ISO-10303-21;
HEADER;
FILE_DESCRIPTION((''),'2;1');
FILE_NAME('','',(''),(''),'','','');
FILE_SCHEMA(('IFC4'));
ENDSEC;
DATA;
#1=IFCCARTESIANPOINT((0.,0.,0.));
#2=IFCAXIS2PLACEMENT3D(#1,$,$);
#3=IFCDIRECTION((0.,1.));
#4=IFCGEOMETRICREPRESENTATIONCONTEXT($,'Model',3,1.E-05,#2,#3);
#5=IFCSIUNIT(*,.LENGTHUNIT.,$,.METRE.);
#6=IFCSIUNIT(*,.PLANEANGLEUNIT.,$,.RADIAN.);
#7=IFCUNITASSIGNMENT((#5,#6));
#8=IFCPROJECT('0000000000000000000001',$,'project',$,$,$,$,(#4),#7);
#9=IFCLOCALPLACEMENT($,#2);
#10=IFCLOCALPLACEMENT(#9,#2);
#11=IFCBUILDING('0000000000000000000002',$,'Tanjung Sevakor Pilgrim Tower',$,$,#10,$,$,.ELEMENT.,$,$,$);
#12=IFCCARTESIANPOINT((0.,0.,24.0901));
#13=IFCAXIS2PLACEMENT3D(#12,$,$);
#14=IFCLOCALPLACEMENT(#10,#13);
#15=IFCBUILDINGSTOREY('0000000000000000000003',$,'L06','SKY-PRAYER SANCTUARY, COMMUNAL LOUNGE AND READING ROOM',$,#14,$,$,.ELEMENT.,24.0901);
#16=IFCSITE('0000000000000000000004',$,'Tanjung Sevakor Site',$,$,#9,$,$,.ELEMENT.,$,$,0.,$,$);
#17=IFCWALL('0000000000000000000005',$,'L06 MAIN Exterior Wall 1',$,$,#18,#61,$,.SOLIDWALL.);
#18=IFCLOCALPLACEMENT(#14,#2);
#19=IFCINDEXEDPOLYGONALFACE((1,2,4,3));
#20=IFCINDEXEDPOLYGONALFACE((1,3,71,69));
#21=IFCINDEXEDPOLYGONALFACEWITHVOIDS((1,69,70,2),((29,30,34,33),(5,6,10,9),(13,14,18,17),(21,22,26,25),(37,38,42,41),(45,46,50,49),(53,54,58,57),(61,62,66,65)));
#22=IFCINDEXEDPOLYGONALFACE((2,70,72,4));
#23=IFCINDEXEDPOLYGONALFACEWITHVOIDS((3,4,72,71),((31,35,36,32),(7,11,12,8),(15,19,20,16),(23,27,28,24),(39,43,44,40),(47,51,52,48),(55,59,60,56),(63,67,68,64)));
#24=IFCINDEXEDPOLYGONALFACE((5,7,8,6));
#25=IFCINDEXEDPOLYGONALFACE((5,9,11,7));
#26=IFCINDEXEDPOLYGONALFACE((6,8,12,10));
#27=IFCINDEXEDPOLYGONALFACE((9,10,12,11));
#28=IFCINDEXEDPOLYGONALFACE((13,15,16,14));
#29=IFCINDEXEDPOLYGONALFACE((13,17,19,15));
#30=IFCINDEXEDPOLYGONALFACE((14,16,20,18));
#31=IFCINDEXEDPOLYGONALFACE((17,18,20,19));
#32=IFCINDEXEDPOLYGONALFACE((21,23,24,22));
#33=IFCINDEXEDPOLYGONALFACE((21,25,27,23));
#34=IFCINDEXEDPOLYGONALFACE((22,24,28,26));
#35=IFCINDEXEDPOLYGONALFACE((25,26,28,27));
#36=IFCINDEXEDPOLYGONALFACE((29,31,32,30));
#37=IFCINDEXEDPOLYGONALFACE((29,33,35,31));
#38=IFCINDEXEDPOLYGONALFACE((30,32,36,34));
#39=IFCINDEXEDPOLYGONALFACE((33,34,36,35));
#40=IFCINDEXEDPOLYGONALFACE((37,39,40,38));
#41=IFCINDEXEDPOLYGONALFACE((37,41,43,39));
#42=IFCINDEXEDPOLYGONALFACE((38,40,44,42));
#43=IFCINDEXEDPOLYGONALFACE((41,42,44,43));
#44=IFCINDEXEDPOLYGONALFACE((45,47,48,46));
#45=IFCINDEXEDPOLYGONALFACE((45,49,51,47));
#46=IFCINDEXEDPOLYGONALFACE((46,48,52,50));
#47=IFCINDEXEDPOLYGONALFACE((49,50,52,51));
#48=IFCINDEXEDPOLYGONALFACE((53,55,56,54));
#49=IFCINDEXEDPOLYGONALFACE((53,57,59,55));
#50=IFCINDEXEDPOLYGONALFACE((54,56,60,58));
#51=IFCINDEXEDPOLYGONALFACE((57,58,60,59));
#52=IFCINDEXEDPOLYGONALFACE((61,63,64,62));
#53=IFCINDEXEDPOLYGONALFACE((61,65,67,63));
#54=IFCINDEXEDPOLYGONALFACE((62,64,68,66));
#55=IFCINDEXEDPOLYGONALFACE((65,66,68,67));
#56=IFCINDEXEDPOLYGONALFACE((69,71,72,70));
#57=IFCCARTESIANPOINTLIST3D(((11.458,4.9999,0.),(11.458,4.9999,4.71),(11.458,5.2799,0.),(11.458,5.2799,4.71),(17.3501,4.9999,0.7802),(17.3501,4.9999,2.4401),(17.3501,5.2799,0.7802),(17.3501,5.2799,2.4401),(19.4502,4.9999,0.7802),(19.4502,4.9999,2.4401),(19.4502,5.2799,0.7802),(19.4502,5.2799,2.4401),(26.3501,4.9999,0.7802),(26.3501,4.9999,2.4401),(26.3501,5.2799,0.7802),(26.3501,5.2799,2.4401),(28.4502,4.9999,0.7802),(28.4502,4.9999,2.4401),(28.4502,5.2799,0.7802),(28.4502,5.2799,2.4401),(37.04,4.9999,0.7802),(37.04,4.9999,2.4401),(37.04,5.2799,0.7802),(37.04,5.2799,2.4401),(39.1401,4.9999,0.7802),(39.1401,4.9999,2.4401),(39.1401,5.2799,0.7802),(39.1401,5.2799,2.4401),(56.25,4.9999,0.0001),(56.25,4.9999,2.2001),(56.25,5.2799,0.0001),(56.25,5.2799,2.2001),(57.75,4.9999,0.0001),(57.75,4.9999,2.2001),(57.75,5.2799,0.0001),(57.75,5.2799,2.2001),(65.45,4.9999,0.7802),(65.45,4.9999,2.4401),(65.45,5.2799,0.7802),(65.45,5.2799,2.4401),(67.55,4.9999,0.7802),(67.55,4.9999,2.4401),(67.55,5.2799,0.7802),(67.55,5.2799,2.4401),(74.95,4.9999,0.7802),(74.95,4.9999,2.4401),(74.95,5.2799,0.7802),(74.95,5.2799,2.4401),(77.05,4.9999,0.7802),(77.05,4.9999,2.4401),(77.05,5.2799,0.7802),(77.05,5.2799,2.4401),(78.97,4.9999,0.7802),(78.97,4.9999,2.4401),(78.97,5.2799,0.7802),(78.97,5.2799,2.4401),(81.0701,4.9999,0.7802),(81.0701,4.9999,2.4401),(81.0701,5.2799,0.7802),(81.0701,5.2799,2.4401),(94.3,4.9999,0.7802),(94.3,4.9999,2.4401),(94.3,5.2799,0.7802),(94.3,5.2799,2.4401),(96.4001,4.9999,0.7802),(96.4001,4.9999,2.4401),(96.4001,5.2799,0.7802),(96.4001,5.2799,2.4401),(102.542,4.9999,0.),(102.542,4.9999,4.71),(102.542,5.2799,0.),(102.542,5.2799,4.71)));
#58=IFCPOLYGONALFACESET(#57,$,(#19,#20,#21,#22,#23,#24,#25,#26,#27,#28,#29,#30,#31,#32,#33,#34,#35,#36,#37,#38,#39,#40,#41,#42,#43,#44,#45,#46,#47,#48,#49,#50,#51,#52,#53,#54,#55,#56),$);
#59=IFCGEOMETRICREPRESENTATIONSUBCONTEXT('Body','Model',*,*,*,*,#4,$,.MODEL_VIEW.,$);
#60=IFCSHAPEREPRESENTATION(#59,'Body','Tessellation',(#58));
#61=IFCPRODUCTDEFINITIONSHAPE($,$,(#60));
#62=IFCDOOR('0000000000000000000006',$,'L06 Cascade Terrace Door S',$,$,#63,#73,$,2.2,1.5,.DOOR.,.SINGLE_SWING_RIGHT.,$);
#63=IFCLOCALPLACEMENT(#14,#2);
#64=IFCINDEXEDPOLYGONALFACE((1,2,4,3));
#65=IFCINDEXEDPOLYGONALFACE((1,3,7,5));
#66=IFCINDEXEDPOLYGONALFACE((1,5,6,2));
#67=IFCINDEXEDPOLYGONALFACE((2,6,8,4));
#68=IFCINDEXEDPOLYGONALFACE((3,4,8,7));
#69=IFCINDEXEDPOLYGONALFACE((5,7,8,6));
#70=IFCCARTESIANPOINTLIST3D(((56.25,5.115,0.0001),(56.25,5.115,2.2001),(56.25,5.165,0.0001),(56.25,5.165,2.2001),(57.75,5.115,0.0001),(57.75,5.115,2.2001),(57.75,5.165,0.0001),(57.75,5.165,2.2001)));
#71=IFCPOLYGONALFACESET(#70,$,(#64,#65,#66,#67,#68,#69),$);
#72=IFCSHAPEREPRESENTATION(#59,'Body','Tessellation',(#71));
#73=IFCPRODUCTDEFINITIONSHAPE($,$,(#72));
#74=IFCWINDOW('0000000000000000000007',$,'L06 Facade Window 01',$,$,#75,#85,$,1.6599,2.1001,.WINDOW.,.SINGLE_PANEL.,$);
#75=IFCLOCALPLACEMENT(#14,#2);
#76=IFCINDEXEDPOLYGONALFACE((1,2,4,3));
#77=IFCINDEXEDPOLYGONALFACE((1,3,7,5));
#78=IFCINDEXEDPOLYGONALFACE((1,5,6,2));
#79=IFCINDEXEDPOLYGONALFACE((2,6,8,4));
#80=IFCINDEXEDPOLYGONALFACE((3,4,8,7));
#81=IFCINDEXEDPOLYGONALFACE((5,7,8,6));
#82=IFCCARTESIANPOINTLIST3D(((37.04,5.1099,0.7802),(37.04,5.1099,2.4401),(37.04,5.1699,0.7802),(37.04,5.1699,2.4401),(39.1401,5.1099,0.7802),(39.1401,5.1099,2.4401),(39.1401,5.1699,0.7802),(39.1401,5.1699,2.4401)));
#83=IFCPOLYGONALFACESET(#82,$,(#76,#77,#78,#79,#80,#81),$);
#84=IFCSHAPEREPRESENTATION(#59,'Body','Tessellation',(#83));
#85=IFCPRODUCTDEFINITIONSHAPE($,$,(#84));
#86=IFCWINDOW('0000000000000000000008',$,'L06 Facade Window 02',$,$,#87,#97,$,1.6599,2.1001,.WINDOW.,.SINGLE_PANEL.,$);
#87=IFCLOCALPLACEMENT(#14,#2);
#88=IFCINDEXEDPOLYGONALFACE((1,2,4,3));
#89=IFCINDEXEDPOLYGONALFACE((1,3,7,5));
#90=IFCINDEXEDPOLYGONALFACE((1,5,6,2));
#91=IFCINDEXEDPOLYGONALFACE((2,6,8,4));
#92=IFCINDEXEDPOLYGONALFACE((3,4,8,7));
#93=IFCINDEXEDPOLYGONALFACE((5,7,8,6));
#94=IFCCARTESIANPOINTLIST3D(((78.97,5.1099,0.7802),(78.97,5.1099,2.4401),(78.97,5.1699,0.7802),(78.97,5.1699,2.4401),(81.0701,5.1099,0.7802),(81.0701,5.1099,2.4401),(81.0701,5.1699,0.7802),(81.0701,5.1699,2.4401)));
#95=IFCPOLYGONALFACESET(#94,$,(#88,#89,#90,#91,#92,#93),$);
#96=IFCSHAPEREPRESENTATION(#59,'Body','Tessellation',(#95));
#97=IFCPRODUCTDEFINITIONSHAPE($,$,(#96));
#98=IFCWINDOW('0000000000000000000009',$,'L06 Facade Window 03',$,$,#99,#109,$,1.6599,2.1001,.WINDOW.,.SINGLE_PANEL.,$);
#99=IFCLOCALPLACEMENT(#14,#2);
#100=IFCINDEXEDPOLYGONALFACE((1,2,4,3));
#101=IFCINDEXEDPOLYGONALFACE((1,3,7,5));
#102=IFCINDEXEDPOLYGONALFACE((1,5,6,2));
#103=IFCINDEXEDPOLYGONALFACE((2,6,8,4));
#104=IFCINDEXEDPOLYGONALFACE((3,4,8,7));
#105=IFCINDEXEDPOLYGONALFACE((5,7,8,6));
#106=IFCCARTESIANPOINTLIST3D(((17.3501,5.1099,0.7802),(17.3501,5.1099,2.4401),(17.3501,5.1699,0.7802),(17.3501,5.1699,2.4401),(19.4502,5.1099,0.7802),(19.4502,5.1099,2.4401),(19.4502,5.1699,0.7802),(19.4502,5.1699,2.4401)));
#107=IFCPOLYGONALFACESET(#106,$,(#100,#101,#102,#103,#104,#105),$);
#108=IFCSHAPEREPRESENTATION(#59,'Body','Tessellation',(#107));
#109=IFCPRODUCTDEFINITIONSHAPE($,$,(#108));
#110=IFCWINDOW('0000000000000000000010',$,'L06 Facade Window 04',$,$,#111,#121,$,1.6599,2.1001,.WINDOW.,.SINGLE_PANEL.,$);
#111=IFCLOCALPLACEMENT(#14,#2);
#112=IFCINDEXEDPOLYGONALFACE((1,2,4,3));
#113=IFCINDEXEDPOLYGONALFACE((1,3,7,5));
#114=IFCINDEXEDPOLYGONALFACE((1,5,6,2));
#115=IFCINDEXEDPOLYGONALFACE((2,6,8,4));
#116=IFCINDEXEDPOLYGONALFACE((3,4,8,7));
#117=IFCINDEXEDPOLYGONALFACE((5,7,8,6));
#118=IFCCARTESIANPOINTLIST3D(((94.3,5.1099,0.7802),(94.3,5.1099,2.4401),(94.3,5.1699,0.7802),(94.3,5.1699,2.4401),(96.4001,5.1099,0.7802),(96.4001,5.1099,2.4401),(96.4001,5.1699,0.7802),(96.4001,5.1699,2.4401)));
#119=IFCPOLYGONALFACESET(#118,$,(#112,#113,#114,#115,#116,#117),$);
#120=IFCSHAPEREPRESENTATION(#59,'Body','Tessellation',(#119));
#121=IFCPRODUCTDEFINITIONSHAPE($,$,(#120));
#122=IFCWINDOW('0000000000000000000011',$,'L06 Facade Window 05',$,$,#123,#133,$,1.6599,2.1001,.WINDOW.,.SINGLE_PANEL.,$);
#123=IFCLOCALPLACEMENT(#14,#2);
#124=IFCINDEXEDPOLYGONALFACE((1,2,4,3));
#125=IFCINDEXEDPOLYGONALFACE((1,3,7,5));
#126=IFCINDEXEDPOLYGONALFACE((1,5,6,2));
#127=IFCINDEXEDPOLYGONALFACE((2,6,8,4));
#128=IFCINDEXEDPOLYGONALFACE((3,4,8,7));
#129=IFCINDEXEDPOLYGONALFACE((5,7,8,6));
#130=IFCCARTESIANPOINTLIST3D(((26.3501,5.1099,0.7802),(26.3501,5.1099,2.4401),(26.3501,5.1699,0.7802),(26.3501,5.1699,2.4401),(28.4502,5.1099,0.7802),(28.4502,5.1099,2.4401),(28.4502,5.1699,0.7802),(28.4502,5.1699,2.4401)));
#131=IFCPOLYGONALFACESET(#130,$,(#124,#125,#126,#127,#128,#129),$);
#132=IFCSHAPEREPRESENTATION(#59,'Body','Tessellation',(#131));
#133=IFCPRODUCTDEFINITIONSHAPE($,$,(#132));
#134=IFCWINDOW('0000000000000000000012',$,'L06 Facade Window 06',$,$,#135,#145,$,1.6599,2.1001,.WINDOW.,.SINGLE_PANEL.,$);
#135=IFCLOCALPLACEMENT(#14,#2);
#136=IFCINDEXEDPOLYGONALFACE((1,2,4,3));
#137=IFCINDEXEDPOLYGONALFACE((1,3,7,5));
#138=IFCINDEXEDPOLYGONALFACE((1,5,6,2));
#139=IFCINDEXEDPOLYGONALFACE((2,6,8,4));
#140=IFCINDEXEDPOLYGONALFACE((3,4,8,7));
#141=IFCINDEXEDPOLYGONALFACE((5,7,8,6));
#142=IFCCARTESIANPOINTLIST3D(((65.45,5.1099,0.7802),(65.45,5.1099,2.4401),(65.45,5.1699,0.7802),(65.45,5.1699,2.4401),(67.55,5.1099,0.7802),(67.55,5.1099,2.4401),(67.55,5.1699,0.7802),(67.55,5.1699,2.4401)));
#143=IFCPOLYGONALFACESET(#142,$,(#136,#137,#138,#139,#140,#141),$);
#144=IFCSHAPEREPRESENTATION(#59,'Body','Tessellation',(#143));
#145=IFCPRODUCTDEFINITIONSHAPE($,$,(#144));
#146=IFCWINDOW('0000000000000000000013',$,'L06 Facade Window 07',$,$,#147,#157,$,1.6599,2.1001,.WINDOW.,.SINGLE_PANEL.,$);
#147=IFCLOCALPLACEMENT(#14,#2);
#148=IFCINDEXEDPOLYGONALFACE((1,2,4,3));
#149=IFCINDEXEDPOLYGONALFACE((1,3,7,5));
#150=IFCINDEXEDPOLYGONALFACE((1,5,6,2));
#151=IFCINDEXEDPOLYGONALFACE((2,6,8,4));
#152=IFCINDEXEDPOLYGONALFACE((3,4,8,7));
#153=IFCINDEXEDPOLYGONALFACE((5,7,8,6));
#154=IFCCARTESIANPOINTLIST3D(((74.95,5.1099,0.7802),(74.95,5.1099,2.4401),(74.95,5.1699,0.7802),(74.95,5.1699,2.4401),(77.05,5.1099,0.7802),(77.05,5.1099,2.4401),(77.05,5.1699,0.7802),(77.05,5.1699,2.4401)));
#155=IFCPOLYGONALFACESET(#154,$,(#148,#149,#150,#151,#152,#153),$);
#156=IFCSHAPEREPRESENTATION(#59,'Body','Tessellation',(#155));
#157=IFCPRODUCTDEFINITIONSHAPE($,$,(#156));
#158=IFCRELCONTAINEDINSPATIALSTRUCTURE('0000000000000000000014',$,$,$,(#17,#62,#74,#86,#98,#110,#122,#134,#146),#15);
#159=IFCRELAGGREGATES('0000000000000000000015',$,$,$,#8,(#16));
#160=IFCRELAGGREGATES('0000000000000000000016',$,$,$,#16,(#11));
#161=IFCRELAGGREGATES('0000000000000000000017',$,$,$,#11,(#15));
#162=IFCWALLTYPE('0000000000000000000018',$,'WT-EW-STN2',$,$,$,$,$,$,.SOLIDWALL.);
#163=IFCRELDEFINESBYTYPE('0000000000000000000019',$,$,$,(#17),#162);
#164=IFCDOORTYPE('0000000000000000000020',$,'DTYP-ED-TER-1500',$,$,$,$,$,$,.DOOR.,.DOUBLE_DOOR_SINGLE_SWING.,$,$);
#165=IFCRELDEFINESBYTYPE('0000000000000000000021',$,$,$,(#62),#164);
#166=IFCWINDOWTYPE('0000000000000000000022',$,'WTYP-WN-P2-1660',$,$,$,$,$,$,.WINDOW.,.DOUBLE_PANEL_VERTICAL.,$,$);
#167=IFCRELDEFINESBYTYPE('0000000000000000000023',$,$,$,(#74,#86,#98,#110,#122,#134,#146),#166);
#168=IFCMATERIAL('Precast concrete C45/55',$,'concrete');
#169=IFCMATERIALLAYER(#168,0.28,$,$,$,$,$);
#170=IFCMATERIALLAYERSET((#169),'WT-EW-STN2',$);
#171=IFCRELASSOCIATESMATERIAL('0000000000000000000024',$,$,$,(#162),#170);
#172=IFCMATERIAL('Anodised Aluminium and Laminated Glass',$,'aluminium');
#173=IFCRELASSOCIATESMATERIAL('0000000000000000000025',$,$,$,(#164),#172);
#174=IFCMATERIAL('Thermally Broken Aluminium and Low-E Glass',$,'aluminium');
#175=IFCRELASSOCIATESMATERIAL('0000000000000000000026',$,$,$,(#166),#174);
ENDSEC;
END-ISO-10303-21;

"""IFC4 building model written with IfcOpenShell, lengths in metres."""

from ifc_helpers import new_model, si_unit, direction, frame, frame_2d, origin, place, context, subcontext, project, spatial, rectangle, extrude, material, layer, layer_set, type_object, element, fill, save


model = new_model("IFC4")

# Units and contexts
model_context = context("Model", 3, precision=1e-05, world=origin(), true_north=direction((0.0, 1.0)))
body_context = subcontext(model_context, "Body", "Model", "MODEL_VIEW")
ifc_project = project(units=[si_unit("LENGTHUNIT", "METRE"), si_unit("PLANEANGLEUNIT", "RADIAN")], contexts=[model_context])

# Site, building, storey
site_placement = place(None, origin())
site = spatial("IfcSite", under=ifc_project, at=site_placement, Name="Tanjung Sevakor Site", CompositionType="ELEMENT", RefElevation=0.0)
building_placement = place(site_placement, origin())
building = spatial("IfcBuilding", under=site, at=building_placement, Name="Tanjung Sevakor Pilgrim Tower", CompositionType="ELEMENT")
storey_placement = place(building_placement, frame((0.0, 0.0, 24.0901)))
storey = spatial("IfcBuildingStorey", under=building, at=storey_placement, Name="L06", Description="SKY-PRAYER SANCTUARY, COMMUNAL LOUNGE AND READING ROOM", CompositionType="ELEMENT", Elevation=24.0901)

# Wall, openings, door, windows
ifc_material_1 = material(Name="Precast concrete C45/55", Category="concrete")
ifc_layer_1 = layer(ifc_material_1, 0.28)
ifc_layer_set_1 = layer_set([ifc_layer_1], Name="WT-EW-STN2")
wall_type_1 = type_object("IfcWallType", Name="WT-EW-STN2", PredefinedType="SOLIDWALL", material=ifc_layer_set_1)
wall_1_placement = place(storey_placement, frame((11.458, 5.1399, 0.0), z_axis=(0.0, 0.0, 1.0), x_axis=(1.0, 0.0, 0.0)))
wall_1 = element("IfcWall", 1, at=wall_1_placement, inside=storey, type_object=wall_type_1, Name="L06 MAIN Exterior Wall 1", PredefinedType="SOLIDWALL", context=body_context, shape_type="SweptSolid", body=[
    extrude(rectangle(XDim=91.084, YDim=0.28, at=frame_2d((45.542, 0.0))), origin(), (0.0, 0.0, 1.0), 4.71),
])
opening_1_placement = place(wall_1_placement, frame((44.792, 0.0, 0.0)))
opening_1 = element("IfcOpeningElement", 2, at=opening_1_placement, cuts=wall_1, PredefinedType="OPENING", context=body_context, shape_type="SweptSolid", body=[
    extrude(rectangle(XDim=1.5, YDim=2.2, at=frame_2d((0.75, 1.1001))), frame((0.0, 0.1499, 0.0), z_axis=(0.0, -1.0, 0.0), x_axis=(1.0, 0.0, 0.0)), (0.0, 0.0, 1.0), 0.3),
])
opening_2_placement = place(wall_1_placement, frame((25.582, 0.0, 0.78)))
opening_2 = element("IfcOpeningElement", 3, at=opening_2_placement, cuts=wall_1, PredefinedType="OPENING", context=body_context, shape_type="SweptSolid", body=[
    extrude(rectangle(XDim=2.1001, YDim=1.6599, at=frame_2d((1.05, 0.8301))), frame((0.0, 0.1499, 0.0), z_axis=(0.0, -1.0, 0.0), x_axis=(1.0, 0.0, 0.0)), (0.0, 0.0, 1.0), 0.3),
])
opening_3_placement = place(wall_1_placement, frame((67.512, 0.0, 0.78)))
opening_3 = element("IfcOpeningElement", 4, at=opening_3_placement, cuts=wall_1, PredefinedType="OPENING", context=body_context, shape_type="SweptSolid", body=[
    extrude(rectangle(XDim=2.1001, YDim=1.6599, at=frame_2d((1.05, 0.8301))), frame((0.0, 0.1499, 0.0), z_axis=(0.0, -1.0, 0.0), x_axis=(1.0, 0.0, 0.0)), (0.0, 0.0, 1.0), 0.3),
])
opening_4_placement = place(wall_1_placement, frame((5.8921, 0.0, 0.78)))
opening_4 = element("IfcOpeningElement", 5, at=opening_4_placement, cuts=wall_1, PredefinedType="OPENING", context=body_context, shape_type="SweptSolid", body=[
    extrude(rectangle(XDim=2.1001, YDim=1.6599, at=frame_2d((1.05, 0.8301))), frame((0.0, 0.1499, 0.0), z_axis=(0.0, -1.0, 0.0), x_axis=(1.0, 0.0, 0.0)), (0.0, 0.0, 1.0), 0.3),
])
opening_5_placement = place(wall_1_placement, frame((82.842, 0.0, 0.78)))
opening_5 = element("IfcOpeningElement", 6, at=opening_5_placement, cuts=wall_1, PredefinedType="OPENING", context=body_context, shape_type="SweptSolid", body=[
    extrude(rectangle(XDim=2.1001, YDim=1.6599, at=frame_2d((1.05, 0.8301))), frame((0.0, 0.1499, 0.0), z_axis=(0.0, -1.0, 0.0), x_axis=(1.0, 0.0, 0.0)), (0.0, 0.0, 1.0), 0.3),
])
opening_6_placement = place(wall_1_placement, frame((14.8921, 0.0, 0.78)))
opening_6 = element("IfcOpeningElement", 7, at=opening_6_placement, cuts=wall_1, PredefinedType="OPENING", context=body_context, shape_type="SweptSolid", body=[
    extrude(rectangle(XDim=2.1001, YDim=1.6599, at=frame_2d((1.05, 0.8301))), frame((0.0, 0.1499, 0.0), z_axis=(0.0, -1.0, 0.0), x_axis=(1.0, 0.0, 0.0)), (0.0, 0.0, 1.0), 0.3),
])
opening_7_placement = place(wall_1_placement, frame((53.9919, 0.0, 0.78)))
opening_7 = element("IfcOpeningElement", 8, at=opening_7_placement, cuts=wall_1, PredefinedType="OPENING", context=body_context, shape_type="SweptSolid", body=[
    extrude(rectangle(XDim=2.1001, YDim=1.6599, at=frame_2d((1.05, 0.8301))), frame((0.0, 0.1499, 0.0), z_axis=(0.0, -1.0, 0.0), x_axis=(1.0, 0.0, 0.0)), (0.0, 0.0, 1.0), 0.3),
])
opening_8_placement = place(wall_1_placement, frame((63.4919, 0.0, 0.78)))
opening_8 = element("IfcOpeningElement", 9, at=opening_8_placement, cuts=wall_1, PredefinedType="OPENING", context=body_context, shape_type="SweptSolid", body=[
    extrude(rectangle(XDim=2.1001, YDim=1.6599, at=frame_2d((1.05, 0.8301))), frame((0.0, 0.1499, 0.0), z_axis=(0.0, -1.0, 0.0), x_axis=(1.0, 0.0, 0.0)), (0.0, 0.0, 1.0), 0.3),
])
ifc_material_2 = material(Name="Anodised Aluminium and Laminated Glass", Category="aluminium")
door_type = type_object("IfcDoorType", Name="DTYP-ED-TER-1500", OperationType="DOUBLE_DOOR_SINGLE_SWING", PredefinedType="DOOR", material=ifc_material_2)
door_placement = place(opening_1_placement, frame((1.5, 0.0, 0.0), z_axis=(0.0, 0.0, 1.0), x_axis=(-1.0, 0.0, 0.0)))
door = element("IfcDoor", 10, at=door_placement, inside=storey, type_object=door_type, Name="L06 Cascade Terrace Door S", OperationType="SINGLE_SWING_RIGHT", OverallHeight=2.2, OverallWidth=1.5, PredefinedType="DOOR", context=body_context, shape_type="SweptSolid", body=[
    extrude(rectangle(XDim=1.5, YDim=2.2, at=frame_2d((0.75, 1.1001))), frame((0.0, 0.0249, 0.0), z_axis=(0.0, -1.0, 0.0), x_axis=(1.0, 0.0, 0.0)), (0.0, 0.0, 1.0), 0.05),
])
fill(opening_1, door)
ifc_material_3 = material(Name="Thermally Broken Aluminium and Low-E Glass", Category="aluminium")
window_type = type_object("IfcWindowType", Name="WTYP-WN-P2-1660", PartitioningType="DOUBLE_PANEL_VERTICAL", PredefinedType="WINDOW", material=ifc_material_3)
window_1_placement = place(opening_2_placement, origin())
window_1 = element("IfcWindow", 11, at=window_1_placement, inside=storey, type_object=window_type, Name="L06 Facade Window 01", OverallHeight=1.6599, OverallWidth=2.1001, PartitioningType="SINGLE_PANEL", PredefinedType="WINDOW", context=body_context, shape_type="SweptSolid", body=[
    extrude(rectangle(XDim=2.1001, YDim=1.6599, at=frame_2d((1.05, 0.8301))), frame((0.0, 0.03, 0.0), z_axis=(0.0, -1.0, 0.0), x_axis=(1.0, 0.0, 0.0)), (0.0, 0.0, 1.0), 0.0601),
])
fill(opening_2, window_1)
window_2_placement = place(opening_3_placement, origin())
window_2 = element("IfcWindow", 12, at=window_2_placement, inside=storey, type_object=window_type, Name="L06 Facade Window 02", OverallHeight=1.6599, OverallWidth=2.1001, PartitioningType="SINGLE_PANEL", PredefinedType="WINDOW", context=body_context, shape_type="SweptSolid", body=[
    extrude(rectangle(XDim=2.1001, YDim=1.6599, at=frame_2d((1.05, 0.8301))), frame((0.0, 0.03, 0.0), z_axis=(0.0, -1.0, 0.0), x_axis=(1.0, 0.0, 0.0)), (0.0, 0.0, 1.0), 0.0601),
])
fill(opening_3, window_2)
window_3_placement = place(opening_4_placement, origin())
window_3 = element("IfcWindow", 13, at=window_3_placement, inside=storey, type_object=window_type, Name="L06 Facade Window 03", OverallHeight=1.6599, OverallWidth=2.1001, PartitioningType="SINGLE_PANEL", PredefinedType="WINDOW", context=body_context, shape_type="SweptSolid", body=[
    extrude(rectangle(XDim=2.1001, YDim=1.6599, at=frame_2d((1.05, 0.8301))), frame((0.0, 0.03, 0.0), z_axis=(0.0, -1.0, 0.0), x_axis=(1.0, 0.0, 0.0)), (0.0, 0.0, 1.0), 0.0601),
])
fill(opening_4, window_3)
window_4_placement = place(opening_5_placement, origin())
window_4 = element("IfcWindow", 14, at=window_4_placement, inside=storey, type_object=window_type, Name="L06 Facade Window 04", OverallHeight=1.6599, OverallWidth=2.1001, PartitioningType="SINGLE_PANEL", PredefinedType="WINDOW", context=body_context, shape_type="SweptSolid", body=[
    extrude(rectangle(XDim=2.1001, YDim=1.6599, at=frame_2d((1.05, 0.8301))), frame((0.0, 0.03, 0.0), z_axis=(0.0, -1.0, 0.0), x_axis=(1.0, 0.0, 0.0)), (0.0, 0.0, 1.0), 0.0601),
])
fill(opening_5, window_4)
window_5_placement = place(opening_6_placement, origin())
window_5 = element("IfcWindow", 15, at=window_5_placement, inside=storey, type_object=window_type, Name="L06 Facade Window 05", OverallHeight=1.6599, OverallWidth=2.1001, PartitioningType="SINGLE_PANEL", PredefinedType="WINDOW", context=body_context, shape_type="SweptSolid", body=[
    extrude(rectangle(XDim=2.1001, YDim=1.6599, at=frame_2d((1.05, 0.8301))), frame((0.0, 0.03, 0.0), z_axis=(0.0, -1.0, 0.0), x_axis=(1.0, 0.0, 0.0)), (0.0, 0.0, 1.0), 0.0601),
])
fill(opening_6, window_5)
window_6_placement = place(opening_7_placement, origin())
window_6 = element("IfcWindow", 16, at=window_6_placement, inside=storey, type_object=window_type, Name="L06 Facade Window 06", OverallHeight=1.6599, OverallWidth=2.1001, PartitioningType="SINGLE_PANEL", PredefinedType="WINDOW", context=body_context, shape_type="SweptSolid", body=[
    extrude(rectangle(XDim=2.1001, YDim=1.6599, at=frame_2d((1.05, 0.8301))), frame((0.0, 0.03, 0.0), z_axis=(0.0, -1.0, 0.0), x_axis=(1.0, 0.0, 0.0)), (0.0, 0.0, 1.0), 0.0601),
])
fill(opening_7, window_6)
window_7_placement = place(opening_8_placement, origin())
window_7 = element("IfcWindow", 17, at=window_7_placement, inside=storey, type_object=window_type, Name="L06 Facade Window 07", OverallHeight=1.6599, OverallWidth=2.1001, PartitioningType="SINGLE_PANEL", PredefinedType="WINDOW", context=body_context, shape_type="SweptSolid", body=[
    extrude(rectangle(XDim=2.1001, YDim=1.6599, at=frame_2d((1.05, 0.8301))), frame((0.0, 0.03, 0.0), z_axis=(0.0, -1.0, 0.0), x_axis=(1.0, 0.0, 0.0)), (0.0, 0.0, 1.0), 0.0601),
])
fill(opening_8, window_7)

save(model, "model.ifc")
